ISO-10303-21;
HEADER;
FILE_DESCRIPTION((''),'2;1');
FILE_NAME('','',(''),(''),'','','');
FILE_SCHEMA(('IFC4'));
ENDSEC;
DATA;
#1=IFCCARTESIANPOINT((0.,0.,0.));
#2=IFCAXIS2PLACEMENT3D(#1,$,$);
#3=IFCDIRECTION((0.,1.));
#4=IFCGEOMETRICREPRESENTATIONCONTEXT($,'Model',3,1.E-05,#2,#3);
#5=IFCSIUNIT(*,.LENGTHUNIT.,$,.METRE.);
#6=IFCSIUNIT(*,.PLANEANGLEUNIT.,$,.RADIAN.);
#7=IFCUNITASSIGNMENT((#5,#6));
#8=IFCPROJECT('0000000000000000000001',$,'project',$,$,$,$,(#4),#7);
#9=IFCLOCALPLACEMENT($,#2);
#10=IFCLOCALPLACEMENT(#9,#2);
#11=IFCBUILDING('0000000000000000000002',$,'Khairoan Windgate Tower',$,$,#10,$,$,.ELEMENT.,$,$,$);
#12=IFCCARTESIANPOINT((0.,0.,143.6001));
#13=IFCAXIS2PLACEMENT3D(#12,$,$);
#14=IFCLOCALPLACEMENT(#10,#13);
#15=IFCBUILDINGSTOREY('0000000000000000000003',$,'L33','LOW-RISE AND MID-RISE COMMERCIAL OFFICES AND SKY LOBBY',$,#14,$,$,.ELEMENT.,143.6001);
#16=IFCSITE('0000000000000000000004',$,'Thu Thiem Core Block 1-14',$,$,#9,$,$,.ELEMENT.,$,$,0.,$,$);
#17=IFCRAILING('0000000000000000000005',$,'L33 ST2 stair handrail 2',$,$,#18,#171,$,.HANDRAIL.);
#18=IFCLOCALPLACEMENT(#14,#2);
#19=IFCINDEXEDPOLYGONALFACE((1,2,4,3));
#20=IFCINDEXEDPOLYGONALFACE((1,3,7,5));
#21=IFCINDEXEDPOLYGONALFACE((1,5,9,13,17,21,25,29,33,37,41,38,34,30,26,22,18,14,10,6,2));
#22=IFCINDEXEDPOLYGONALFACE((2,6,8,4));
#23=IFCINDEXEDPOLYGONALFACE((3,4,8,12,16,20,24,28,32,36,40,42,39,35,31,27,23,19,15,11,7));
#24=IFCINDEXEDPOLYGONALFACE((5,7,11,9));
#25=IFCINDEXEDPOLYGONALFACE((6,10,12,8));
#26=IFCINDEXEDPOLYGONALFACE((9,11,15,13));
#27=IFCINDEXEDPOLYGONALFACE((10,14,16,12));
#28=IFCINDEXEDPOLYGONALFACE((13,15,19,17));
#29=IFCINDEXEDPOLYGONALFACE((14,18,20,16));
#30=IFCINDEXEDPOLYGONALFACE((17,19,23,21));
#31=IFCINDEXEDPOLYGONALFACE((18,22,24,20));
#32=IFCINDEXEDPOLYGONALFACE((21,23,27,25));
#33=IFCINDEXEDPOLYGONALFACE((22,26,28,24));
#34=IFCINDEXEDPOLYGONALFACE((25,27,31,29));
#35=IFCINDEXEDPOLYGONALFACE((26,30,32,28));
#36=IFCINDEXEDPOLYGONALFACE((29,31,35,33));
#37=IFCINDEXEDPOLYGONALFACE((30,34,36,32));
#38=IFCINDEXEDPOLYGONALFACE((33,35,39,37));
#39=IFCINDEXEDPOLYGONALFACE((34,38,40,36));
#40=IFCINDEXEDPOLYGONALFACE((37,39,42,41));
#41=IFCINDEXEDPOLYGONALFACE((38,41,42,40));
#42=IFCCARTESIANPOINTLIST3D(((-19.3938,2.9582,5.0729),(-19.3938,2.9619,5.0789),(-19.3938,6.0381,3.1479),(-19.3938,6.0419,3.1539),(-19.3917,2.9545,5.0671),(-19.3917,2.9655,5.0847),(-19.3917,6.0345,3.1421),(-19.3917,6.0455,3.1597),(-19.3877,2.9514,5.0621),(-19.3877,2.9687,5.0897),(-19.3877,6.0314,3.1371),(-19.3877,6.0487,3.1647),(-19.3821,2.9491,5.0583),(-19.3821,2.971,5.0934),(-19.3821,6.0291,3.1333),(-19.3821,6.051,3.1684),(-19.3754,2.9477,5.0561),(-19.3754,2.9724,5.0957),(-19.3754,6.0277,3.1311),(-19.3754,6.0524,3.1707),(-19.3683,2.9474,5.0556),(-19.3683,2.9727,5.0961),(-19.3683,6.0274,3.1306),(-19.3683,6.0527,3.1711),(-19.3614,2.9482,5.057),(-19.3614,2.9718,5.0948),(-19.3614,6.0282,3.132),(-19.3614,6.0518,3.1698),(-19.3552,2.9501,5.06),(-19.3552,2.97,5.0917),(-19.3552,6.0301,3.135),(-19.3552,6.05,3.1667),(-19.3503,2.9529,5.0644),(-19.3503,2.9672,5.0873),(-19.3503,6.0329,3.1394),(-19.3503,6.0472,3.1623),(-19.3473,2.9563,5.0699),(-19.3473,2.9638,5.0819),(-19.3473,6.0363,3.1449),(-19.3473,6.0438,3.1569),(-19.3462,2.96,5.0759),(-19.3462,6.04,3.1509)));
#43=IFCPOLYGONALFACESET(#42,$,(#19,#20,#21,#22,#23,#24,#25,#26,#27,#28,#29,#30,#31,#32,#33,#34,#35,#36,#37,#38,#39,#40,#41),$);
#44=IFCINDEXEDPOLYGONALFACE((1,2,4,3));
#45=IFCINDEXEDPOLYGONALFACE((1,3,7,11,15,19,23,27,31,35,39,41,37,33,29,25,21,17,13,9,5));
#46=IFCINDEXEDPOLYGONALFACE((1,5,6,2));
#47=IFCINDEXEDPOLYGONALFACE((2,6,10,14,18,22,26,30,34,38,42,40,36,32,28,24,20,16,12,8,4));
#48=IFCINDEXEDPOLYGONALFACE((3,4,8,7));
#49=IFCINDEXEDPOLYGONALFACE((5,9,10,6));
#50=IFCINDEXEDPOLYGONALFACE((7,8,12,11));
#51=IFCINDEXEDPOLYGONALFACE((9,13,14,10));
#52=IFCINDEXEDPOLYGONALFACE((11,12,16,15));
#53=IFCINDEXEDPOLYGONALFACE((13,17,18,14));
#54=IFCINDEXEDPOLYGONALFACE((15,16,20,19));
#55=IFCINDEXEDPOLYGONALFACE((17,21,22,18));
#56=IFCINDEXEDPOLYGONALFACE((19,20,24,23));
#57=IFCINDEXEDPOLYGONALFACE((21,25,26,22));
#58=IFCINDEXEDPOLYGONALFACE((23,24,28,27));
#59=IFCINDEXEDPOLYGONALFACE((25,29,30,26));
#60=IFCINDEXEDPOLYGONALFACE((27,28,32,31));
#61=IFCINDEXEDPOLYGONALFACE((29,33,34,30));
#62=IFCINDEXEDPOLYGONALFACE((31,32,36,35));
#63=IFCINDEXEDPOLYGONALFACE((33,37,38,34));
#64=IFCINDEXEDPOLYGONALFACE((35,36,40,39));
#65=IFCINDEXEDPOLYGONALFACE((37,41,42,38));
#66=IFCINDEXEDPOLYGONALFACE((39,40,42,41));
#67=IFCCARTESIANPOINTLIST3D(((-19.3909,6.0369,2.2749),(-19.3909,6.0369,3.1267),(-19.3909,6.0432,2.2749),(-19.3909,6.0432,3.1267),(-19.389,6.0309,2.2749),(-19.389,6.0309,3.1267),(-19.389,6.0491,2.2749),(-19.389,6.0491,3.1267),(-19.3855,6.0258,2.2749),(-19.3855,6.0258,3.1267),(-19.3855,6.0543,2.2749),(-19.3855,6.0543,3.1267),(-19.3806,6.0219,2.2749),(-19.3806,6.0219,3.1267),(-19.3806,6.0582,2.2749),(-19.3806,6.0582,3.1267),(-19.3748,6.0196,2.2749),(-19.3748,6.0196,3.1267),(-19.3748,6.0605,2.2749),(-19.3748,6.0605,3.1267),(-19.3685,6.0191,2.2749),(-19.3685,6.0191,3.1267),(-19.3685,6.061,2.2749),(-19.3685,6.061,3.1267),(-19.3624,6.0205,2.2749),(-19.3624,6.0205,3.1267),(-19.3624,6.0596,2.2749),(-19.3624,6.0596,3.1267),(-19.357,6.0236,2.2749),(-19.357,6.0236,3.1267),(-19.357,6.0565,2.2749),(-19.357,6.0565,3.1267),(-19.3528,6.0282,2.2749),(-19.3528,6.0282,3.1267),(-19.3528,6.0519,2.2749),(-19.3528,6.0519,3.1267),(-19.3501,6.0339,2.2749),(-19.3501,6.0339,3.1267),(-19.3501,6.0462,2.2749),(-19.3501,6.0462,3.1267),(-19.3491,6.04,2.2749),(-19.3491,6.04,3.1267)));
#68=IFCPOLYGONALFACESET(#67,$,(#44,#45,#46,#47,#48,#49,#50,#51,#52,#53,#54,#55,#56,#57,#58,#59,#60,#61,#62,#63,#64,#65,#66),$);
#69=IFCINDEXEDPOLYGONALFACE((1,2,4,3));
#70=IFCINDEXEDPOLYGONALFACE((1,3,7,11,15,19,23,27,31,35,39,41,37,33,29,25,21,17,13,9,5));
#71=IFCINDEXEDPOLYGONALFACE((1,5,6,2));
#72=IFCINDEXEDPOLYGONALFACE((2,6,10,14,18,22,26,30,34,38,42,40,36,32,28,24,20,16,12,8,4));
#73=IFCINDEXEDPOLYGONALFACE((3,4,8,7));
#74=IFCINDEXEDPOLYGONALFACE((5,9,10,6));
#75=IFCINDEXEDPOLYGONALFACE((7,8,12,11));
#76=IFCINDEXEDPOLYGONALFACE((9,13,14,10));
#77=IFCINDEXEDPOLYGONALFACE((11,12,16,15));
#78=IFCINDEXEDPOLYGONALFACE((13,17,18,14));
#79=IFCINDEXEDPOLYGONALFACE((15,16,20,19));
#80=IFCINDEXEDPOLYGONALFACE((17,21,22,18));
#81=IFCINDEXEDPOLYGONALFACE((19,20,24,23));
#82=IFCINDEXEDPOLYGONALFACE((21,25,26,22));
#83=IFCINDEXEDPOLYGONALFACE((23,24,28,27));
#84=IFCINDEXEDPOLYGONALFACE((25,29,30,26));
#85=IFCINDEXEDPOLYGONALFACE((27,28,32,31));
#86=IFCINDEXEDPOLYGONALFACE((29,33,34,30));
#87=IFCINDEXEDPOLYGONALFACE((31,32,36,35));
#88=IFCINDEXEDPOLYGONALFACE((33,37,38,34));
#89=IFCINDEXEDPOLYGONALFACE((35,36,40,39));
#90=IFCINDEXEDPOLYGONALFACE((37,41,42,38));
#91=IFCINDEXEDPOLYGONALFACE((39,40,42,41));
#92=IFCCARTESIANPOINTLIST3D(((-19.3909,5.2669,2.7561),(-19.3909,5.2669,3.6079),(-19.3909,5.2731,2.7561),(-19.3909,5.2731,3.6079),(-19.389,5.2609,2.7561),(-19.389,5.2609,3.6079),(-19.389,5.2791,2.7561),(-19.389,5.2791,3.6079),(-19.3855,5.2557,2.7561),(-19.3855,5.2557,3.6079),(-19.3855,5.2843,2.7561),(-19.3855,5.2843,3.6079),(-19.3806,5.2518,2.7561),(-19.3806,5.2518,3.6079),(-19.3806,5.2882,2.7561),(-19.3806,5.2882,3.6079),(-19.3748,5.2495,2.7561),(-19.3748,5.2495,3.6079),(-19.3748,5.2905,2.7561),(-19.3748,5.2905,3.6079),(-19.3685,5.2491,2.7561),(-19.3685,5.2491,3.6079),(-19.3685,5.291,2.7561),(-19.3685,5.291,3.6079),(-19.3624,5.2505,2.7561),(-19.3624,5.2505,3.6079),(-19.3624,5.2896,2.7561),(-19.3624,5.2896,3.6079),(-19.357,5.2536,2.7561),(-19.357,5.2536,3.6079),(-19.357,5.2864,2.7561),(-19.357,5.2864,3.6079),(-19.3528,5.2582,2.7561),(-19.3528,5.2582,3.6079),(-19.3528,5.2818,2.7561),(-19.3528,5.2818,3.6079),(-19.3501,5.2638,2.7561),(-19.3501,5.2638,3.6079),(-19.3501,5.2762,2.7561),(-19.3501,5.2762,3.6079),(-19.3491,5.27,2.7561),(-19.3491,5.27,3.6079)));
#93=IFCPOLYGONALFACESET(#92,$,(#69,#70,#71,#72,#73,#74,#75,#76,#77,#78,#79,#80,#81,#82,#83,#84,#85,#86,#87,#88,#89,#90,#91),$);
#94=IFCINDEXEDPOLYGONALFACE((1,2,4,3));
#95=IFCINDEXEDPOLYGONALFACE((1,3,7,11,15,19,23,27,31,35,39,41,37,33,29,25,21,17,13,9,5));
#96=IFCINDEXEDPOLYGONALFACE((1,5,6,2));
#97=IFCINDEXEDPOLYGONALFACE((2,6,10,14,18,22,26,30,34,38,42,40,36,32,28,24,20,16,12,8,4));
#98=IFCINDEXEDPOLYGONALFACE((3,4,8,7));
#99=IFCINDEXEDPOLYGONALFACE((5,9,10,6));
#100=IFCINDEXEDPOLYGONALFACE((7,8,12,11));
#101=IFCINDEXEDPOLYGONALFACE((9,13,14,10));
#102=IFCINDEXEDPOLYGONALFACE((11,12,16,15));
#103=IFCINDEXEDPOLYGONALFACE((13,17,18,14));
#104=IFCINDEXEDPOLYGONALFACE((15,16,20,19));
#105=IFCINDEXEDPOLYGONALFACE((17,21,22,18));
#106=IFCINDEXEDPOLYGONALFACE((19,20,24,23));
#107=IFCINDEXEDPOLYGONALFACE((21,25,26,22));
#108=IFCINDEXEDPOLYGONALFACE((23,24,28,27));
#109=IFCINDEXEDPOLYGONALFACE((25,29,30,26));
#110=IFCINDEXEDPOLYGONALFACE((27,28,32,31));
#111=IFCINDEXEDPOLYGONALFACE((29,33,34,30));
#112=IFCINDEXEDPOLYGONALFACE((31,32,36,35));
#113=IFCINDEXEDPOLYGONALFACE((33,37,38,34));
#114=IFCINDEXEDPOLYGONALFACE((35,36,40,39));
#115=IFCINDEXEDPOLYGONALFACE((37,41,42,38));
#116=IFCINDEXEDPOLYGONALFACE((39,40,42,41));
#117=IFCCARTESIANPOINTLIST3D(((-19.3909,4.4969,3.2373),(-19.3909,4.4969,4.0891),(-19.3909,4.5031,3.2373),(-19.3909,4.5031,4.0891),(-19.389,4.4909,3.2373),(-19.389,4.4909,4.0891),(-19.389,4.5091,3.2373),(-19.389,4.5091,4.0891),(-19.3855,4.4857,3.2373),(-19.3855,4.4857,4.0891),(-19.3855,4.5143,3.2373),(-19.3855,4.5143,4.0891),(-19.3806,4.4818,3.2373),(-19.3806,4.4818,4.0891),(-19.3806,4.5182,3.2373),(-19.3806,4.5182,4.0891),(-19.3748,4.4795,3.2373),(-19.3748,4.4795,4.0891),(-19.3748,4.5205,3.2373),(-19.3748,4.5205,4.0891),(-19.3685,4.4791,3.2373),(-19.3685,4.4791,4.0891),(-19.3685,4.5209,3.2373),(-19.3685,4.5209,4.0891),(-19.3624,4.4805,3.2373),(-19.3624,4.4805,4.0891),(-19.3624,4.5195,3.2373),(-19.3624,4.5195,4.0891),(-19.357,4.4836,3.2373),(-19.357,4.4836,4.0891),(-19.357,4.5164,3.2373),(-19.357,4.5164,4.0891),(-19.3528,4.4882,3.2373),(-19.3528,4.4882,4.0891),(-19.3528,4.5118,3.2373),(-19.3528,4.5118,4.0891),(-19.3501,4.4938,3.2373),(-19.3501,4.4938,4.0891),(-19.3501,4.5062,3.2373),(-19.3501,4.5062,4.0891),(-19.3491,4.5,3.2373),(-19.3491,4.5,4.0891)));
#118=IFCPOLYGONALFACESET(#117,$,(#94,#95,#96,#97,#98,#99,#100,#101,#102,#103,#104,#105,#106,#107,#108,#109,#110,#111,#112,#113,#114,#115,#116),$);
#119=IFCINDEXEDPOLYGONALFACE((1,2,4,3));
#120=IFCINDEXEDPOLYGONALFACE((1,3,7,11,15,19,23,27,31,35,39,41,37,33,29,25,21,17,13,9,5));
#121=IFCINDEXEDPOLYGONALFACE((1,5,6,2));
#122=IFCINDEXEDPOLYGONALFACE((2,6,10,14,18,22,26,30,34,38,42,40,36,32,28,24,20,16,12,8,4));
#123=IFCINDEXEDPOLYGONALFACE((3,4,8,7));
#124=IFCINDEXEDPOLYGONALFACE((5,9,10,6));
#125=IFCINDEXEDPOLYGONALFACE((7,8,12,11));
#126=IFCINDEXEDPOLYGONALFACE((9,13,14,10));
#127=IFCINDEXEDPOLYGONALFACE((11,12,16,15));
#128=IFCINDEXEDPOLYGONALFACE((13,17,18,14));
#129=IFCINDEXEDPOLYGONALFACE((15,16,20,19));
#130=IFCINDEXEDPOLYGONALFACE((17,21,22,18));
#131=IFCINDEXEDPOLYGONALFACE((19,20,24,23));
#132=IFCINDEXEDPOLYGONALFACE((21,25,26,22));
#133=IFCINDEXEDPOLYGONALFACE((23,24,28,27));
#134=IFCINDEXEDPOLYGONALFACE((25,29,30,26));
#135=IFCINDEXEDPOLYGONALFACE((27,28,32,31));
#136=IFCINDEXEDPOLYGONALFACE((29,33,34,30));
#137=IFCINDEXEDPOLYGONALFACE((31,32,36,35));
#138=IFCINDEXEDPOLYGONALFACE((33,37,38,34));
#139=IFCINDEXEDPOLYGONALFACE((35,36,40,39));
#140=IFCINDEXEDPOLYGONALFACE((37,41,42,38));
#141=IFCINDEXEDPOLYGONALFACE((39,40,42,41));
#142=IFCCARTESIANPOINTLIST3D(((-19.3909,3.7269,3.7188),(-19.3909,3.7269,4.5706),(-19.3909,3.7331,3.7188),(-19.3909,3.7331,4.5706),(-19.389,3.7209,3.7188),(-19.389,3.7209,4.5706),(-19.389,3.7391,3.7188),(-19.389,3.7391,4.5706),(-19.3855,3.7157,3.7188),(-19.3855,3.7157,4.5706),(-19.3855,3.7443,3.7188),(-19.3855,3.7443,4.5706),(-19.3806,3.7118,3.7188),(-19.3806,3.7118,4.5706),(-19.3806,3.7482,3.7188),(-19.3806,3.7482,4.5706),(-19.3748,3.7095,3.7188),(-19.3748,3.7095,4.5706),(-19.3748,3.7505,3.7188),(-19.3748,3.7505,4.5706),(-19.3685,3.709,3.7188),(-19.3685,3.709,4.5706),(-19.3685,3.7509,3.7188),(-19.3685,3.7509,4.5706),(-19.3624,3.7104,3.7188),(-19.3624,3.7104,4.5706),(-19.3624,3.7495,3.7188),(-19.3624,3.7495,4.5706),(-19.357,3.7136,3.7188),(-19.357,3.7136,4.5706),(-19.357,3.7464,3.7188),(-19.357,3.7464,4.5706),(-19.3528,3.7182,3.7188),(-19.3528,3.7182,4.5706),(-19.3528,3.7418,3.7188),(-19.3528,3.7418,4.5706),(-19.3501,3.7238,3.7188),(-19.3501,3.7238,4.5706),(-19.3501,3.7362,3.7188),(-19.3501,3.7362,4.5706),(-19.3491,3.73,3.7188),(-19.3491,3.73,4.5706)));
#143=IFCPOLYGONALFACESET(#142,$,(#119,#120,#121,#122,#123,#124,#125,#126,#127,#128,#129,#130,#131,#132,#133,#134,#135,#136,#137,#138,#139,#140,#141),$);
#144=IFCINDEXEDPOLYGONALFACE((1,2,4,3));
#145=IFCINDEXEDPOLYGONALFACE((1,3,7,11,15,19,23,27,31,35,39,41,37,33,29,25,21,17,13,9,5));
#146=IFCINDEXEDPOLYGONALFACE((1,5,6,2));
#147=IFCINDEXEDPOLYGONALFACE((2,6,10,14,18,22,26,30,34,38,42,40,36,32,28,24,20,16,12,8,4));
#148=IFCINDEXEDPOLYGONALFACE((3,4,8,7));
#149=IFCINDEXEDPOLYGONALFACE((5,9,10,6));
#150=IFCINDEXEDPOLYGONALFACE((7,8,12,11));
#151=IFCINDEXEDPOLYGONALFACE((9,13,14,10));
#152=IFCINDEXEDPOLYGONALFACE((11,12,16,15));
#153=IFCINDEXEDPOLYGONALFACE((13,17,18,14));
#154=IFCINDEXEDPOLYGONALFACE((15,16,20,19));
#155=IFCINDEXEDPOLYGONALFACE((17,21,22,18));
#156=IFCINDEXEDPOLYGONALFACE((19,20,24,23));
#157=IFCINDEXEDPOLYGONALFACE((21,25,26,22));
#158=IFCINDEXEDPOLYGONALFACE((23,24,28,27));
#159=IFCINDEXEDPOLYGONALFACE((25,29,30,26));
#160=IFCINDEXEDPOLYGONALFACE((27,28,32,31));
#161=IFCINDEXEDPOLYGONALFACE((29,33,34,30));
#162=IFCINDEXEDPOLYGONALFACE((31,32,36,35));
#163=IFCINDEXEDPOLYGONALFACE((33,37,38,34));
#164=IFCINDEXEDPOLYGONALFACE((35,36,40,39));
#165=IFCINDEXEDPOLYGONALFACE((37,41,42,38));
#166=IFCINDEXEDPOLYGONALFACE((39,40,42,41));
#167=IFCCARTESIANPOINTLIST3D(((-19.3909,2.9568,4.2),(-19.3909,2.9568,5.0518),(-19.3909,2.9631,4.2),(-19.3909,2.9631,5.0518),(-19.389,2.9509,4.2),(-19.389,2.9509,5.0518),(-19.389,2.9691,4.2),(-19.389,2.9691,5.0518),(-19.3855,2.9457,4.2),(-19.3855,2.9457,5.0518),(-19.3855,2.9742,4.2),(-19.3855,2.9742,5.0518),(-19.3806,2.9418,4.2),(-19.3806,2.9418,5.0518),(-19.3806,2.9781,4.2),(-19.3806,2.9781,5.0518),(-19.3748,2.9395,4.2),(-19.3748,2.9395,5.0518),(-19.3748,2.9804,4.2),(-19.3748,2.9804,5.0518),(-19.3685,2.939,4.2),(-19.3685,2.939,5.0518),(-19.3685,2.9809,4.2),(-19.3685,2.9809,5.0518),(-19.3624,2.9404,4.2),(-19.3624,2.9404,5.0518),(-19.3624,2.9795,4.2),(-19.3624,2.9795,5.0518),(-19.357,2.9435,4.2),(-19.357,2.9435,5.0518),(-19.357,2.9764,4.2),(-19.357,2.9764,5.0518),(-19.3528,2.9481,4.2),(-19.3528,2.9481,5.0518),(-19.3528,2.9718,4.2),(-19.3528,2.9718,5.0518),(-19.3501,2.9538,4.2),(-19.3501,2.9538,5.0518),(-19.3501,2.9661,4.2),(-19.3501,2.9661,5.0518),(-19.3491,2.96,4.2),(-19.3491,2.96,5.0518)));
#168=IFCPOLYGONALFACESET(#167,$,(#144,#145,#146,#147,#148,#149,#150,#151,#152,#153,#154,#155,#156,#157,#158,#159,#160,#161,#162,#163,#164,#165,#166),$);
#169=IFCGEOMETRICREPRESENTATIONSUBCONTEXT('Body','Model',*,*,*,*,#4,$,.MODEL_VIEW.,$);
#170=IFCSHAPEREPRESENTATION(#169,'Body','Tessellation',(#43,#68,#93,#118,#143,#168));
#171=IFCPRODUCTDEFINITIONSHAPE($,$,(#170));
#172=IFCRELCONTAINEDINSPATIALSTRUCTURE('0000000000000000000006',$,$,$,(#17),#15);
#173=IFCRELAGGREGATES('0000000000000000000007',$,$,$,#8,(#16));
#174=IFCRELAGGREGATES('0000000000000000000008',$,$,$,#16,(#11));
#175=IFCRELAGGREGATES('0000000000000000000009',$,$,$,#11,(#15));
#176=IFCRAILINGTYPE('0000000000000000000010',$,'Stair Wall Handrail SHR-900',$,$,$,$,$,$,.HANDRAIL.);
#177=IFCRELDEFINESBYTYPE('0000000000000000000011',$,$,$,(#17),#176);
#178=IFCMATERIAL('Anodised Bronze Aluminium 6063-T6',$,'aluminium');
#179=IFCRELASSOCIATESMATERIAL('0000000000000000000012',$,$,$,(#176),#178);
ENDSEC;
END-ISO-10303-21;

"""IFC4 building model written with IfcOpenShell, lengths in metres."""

from ifc_helpers import new_model, si_unit, direction, frame, origin, origin_2d, place, context, subcontext, project, spatial, circle, extrude, material, type_object, element, save


model = new_model("IFC4")

# Units and contexts
model_context = context("Model", 3, precision=1e-05, world=origin(), true_north=direction((0.0, 1.0)))
body_context = subcontext(model_context, "Body", "Model", "MODEL_VIEW")
ifc_project = project(units=[si_unit("LENGTHUNIT", "METRE"), si_unit("PLANEANGLEUNIT", "RADIAN")], contexts=[model_context])

# Site, building, storey
site_placement = place(None, origin())
site = spatial("IfcSite", under=ifc_project, at=site_placement, Name="Thu Thiem Core Block 1-14", CompositionType="ELEMENT", RefElevation=0.0)
building_placement = place(site_placement, origin())
building = spatial("IfcBuilding", under=site, at=building_placement, Name="Khairoan Windgate Tower", CompositionType="ELEMENT")
storey_placement = place(building_placement, frame((0.0, 0.0, 143.6001)))
storey = spatial("IfcBuildingStorey", under=building, at=storey_placement, Name="L33", Description="LOW-RISE AND MID-RISE COMMERCIAL OFFICES AND SKY LOBBY", CompositionType="ELEMENT", Elevation=143.6001)

# Railing
ifc_material_1 = material(Name="Anodised Bronze Aluminium 6063-T6", Category="aluminium")
railing_type_1 = type_object("IfcRailingType", Name="Stair Wall Handrail SHR-900", PredefinedType="HANDRAIL", material=ifc_material_1)
railing_1_placement = place(storey_placement, frame((-19.3701, 6.04, 2.2749)))
element("IfcRailing", 1, at=railing_1_placement, inside=storey, type_object=railing_type_1, Name="L33 ST2 stair handrail 2", PredefinedType="HANDRAIL", context=body_context, shape_type="SweptSolid", body=[
    extrude(circle(Radius=0.0239, at=origin_2d()), frame((0.0, 0.0, 0.876), z_axis=(0.0, -0.847998, 0.529999), x_axis=(1.0, 0.0, 0.0)), (0.0, 0.0, 1.0), 3.6321),
    extrude(circle(Radius=0.021, at=origin_2d()), origin(), (0.0, 0.0, 1.0), 0.8518),
    extrude(circle(Radius=0.021, at=origin_2d()), frame((0.0, -0.77, 0.4812)), (0.0, 0.0, 1.0), 0.8518),
    extrude(circle(Radius=0.021, at=origin_2d()), frame((0.0, -1.54, 0.9624)), (0.0, 0.0, 1.0), 0.8518),
    extrude(circle(Radius=0.021, at=origin_2d()), frame((0.0, -2.3101, 1.4438)), (0.0, 0.0, 1.0), 0.8518),
    extrude(circle(Radius=0.021, at=origin_2d()), frame((0.0, -3.0801, 1.925)), (0.0, 0.0, 1.0), 0.8518),
])

save(model, "model.ifc")
